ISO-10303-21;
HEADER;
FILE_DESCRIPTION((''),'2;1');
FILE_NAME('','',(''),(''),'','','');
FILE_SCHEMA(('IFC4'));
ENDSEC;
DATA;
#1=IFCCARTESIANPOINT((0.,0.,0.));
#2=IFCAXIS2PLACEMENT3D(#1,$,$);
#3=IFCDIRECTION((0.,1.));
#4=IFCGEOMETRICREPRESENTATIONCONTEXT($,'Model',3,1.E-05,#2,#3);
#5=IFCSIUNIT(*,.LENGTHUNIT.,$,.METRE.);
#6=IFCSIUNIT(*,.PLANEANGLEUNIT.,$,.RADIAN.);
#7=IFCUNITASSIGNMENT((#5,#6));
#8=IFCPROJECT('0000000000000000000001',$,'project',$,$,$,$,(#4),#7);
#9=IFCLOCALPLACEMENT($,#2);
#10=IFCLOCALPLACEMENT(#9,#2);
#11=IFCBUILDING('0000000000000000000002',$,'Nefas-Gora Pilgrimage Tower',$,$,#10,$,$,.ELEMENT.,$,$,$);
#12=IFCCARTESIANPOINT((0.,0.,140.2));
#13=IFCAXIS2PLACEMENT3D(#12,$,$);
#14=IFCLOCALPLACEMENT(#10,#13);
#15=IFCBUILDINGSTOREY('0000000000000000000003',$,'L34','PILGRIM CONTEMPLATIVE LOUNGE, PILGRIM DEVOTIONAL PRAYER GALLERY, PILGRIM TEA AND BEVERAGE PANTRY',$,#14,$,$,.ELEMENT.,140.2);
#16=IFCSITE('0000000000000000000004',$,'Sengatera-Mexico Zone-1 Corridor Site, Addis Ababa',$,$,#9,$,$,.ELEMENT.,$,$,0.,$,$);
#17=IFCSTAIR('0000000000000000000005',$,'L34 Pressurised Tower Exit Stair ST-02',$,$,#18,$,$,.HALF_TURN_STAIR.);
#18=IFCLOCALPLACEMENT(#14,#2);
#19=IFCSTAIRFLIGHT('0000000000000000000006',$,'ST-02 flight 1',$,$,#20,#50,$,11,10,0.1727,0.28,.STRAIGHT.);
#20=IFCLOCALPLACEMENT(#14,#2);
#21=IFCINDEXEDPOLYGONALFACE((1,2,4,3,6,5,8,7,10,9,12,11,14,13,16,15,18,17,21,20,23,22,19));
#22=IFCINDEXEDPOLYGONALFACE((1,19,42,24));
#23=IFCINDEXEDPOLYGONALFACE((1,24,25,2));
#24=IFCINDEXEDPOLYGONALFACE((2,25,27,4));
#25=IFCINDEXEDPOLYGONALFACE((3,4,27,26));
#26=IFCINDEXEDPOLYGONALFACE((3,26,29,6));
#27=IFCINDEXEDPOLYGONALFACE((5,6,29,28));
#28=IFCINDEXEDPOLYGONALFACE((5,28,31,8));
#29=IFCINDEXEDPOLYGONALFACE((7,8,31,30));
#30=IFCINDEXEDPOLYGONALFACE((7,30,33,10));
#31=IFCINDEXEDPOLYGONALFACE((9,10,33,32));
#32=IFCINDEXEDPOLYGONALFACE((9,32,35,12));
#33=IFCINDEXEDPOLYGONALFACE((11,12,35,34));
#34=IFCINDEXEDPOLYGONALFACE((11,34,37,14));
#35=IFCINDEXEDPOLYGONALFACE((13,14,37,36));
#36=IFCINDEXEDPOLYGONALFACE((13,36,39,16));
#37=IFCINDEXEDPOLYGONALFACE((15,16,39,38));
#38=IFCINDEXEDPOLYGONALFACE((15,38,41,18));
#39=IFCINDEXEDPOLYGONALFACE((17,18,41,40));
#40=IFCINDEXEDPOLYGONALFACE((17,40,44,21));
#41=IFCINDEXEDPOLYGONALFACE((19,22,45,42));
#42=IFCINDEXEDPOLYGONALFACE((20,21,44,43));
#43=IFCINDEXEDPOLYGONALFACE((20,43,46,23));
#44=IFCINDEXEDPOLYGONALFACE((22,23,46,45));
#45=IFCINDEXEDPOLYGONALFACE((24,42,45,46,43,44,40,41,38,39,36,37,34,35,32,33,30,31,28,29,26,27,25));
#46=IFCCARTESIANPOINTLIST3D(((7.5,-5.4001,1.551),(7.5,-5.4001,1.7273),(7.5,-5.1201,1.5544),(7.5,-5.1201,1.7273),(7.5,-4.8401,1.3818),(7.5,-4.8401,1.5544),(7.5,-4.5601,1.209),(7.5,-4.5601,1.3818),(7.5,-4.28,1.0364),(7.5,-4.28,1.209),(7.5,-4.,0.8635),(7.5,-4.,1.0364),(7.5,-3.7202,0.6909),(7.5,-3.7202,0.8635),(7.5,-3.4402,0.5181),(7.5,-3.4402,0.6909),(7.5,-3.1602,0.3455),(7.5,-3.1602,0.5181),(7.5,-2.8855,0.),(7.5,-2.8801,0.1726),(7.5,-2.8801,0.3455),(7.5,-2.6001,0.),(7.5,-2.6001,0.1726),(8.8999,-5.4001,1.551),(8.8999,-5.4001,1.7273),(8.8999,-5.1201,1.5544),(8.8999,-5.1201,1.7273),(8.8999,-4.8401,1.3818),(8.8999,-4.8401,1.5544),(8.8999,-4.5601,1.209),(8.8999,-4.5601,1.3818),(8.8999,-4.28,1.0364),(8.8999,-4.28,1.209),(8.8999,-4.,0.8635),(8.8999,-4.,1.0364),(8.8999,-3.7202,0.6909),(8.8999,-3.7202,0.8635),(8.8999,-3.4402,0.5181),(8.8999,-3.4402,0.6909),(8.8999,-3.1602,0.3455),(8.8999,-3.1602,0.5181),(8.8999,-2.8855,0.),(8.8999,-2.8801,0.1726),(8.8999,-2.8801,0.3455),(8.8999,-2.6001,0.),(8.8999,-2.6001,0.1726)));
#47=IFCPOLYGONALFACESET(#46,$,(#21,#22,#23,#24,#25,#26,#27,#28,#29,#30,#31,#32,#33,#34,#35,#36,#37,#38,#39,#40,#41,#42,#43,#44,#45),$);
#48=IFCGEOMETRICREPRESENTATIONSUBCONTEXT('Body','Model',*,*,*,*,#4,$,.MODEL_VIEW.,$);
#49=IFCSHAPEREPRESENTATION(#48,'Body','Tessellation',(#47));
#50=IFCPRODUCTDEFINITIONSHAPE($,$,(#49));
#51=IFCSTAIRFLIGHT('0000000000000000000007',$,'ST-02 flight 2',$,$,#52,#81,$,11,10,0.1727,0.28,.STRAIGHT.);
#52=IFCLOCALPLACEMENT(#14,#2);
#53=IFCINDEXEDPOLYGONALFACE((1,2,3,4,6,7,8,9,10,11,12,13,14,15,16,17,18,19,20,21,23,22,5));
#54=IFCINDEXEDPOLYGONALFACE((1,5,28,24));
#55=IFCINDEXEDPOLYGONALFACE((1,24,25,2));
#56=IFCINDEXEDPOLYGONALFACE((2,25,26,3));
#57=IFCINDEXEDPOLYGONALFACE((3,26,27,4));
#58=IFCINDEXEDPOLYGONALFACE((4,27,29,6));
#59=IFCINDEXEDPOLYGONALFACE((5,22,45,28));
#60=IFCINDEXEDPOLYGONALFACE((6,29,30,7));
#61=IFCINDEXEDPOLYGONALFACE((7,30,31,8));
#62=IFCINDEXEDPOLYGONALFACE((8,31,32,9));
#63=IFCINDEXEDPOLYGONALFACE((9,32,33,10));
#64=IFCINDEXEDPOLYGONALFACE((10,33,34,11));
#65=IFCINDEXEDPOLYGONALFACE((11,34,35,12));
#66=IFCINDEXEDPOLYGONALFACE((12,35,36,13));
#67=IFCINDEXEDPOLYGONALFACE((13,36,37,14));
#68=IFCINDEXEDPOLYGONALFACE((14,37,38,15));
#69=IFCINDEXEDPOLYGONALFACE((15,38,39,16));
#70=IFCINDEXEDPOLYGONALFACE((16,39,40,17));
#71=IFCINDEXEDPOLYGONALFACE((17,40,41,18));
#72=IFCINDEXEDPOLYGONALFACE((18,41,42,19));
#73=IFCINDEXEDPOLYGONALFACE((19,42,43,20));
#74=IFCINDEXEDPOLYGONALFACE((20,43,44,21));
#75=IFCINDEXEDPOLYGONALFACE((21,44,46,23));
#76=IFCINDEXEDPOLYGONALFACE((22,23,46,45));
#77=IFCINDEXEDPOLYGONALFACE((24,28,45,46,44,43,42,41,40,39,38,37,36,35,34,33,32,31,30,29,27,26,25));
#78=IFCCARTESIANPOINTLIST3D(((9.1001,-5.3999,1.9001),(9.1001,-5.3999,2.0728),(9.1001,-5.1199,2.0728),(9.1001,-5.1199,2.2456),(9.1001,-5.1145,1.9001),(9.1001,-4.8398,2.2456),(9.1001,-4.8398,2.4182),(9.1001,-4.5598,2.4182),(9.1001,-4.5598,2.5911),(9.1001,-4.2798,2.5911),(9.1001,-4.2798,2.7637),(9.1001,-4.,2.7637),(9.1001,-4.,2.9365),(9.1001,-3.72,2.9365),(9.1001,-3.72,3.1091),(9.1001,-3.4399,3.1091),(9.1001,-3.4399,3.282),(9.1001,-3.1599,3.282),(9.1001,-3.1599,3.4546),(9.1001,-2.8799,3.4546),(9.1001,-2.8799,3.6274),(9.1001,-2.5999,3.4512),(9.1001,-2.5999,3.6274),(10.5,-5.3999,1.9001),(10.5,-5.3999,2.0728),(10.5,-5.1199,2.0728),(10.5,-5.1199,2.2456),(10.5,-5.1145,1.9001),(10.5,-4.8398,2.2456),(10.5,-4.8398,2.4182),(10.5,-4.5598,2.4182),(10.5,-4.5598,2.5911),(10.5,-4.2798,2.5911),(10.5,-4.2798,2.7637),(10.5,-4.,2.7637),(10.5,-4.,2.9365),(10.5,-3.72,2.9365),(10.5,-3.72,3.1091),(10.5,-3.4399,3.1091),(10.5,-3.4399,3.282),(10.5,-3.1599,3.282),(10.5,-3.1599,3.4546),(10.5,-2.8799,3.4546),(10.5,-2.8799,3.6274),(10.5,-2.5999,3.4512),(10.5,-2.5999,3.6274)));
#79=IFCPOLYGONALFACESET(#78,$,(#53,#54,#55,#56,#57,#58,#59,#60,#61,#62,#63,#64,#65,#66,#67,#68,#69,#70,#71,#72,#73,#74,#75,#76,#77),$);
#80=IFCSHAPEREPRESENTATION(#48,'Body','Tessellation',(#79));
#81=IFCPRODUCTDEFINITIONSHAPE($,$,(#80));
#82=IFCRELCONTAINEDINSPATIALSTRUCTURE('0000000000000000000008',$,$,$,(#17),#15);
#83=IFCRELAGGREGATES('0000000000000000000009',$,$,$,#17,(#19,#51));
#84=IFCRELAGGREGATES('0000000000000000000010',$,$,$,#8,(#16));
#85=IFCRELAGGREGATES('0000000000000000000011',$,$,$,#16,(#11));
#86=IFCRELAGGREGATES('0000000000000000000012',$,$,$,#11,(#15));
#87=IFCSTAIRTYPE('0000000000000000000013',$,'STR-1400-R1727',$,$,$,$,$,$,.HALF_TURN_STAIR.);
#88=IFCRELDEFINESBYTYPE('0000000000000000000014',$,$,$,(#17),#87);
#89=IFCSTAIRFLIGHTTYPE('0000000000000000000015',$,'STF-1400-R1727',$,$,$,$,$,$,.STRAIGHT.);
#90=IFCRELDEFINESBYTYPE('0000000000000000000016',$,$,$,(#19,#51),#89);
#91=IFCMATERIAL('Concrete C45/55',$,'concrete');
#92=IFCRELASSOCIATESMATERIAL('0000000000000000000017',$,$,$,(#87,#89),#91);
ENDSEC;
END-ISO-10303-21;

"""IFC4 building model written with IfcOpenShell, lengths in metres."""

from ifc_helpers import new_model, si_unit, direction, frame, origin, place, context, subcontext, project, spatial, polyline, outline, extrude, source, transform, mapped, material, type_object, element, aggregate, save


model = new_model("IFC4")

# Units and contexts
model_context = context("Model", 3, precision=1e-05, world=origin(), true_north=direction((0.0, 1.0)))
body_context = subcontext(model_context, "Body", "Model", "MODEL_VIEW")
ifc_project = project(units=[si_unit("LENGTHUNIT", "METRE"), si_unit("PLANEANGLEUNIT", "RADIAN")], contexts=[model_context])

# Site, building, storey
site_placement = place(None, origin())
site = spatial("IfcSite", under=ifc_project, at=site_placement, Name="Sengatera-Mexico Zone-1 Corridor Site, Addis Ababa", CompositionType="ELEMENT", RefElevation=0.0)
building_placement = place(site_placement, origin())
building = spatial("IfcBuilding", under=site, at=building_placement, Name="Nefas-Gora Pilgrimage Tower", CompositionType="ELEMENT")
storey_placement = place(building_placement, frame((0.0, 0.0, 140.2)))
storey = spatial("IfcBuildingStorey", under=building, at=storey_placement, Name="L34", Description="PILGRIM CONTEMPLATIVE LOUNGE, PILGRIM DEVOTIONAL PRAYER GALLERY, PILGRIM TEA AND BEVERAGE PANTRY", CompositionType="ELEMENT", Elevation=140.2)

# Stair, stair flights
ifc_material_1 = material(Name="Concrete C45/55", Category="concrete")
stair_type = type_object("IfcStairType", Name="STR-1400-R1727", PredefinedType="HALF_TURN_STAIR", material=ifc_material_1)
stair_placement = place(storey_placement, origin())
stair = element("IfcStair", 1, at=stair_placement, inside=storey, type_object=stair_type, Name="L34 Pressurised Tower Exit Stair ST-02", PredefinedType="HALF_TURN_STAIR")
stair_flight_type = type_object("IfcStairFlightType", Name="STF-1400-R1727", PredefinedType="STRAIGHT", material=ifc_material_1)
shared_shape_1 = source(origin(), body_context, "Body", "SweptSolid", [
    extrude(outline(polyline([(0.0, 0.0), (0.0, 0.1726), (0.28, 0.1726), (0.28, 0.3455), (0.5601, 0.3455), (0.5601, 0.5181), (0.8401, 0.5181), (0.8401, 0.6909), (1.1201, 0.6909), (1.1201, 0.8635), (1.3999, 0.8635), (1.3999, 1.0364), (1.6799, 1.0364), (1.6799, 1.209), (1.96, 1.209), (1.96, 1.3818), (2.24, 1.3818), (2.24, 1.5544), (2.52, 1.5544), (2.52, 1.7273), (2.8, 1.7273), (2.8, 1.8999), (2.8, 1.551), (0.2854, 0.0), (0.0, 0.0)])), frame((0.0, 0.7, 0.0), z_axis=(0.0, -1.0, 0.0), x_axis=(1.0, 0.0, 0.0)), (0.0, 0.0, 1.0), 1.3999),
])
stair_flight_1_placement = place(storey_placement, frame((8.2, -2.6001, 0.0), z_axis=(0.0, 0.0, 1.0), x_axis=(0.0, -1.0, 0.0)))
stair_flight_1 = element("IfcStairFlight", 2, at=stair_flight_1_placement, type_object=stair_flight_type, Name="ST-02 flight 1", NumberOfRisers=11, NumberOfTreads=10, PredefinedType="STRAIGHT", RiserHeight=0.1727, TreadLength=0.28, context=body_context, shape_type="MappedRepresentation", body=[
    mapped(shared_shape_1, transform((0.0, 0.0, 0.0), x_axis=(1.0, 0.0, 0.0), y_axis=(0.0, 1.0, 0.0), z_axis=(0.0, 0.0, 1.0), scale=1.0)),
])
stair_flight_2_placement = place(storey_placement, frame((9.8, -5.3999, 1.9001), z_axis=(0.0, 0.0, 1.0), x_axis=(0.0, 1.0, 0.0)))
stair_flight_2 = element("IfcStairFlight", 3, at=stair_flight_2_placement, type_object=stair_flight_type, Name="ST-02 flight 2", NumberOfRisers=11, NumberOfTreads=10, PredefinedType="STRAIGHT", RiserHeight=0.1727, TreadLength=0.28, context=body_context, shape_type="MappedRepresentation", body=[
    mapped(shared_shape_1, transform((0.0, 0.0, 0.0), x_axis=(1.0, 0.0, 0.0), y_axis=(0.0, 1.0, 0.0), z_axis=(0.0, 0.0, 1.0), scale=1.0)),
])
aggregate(stair, [stair_flight_1, stair_flight_2])

save(model, "model.ifc")
